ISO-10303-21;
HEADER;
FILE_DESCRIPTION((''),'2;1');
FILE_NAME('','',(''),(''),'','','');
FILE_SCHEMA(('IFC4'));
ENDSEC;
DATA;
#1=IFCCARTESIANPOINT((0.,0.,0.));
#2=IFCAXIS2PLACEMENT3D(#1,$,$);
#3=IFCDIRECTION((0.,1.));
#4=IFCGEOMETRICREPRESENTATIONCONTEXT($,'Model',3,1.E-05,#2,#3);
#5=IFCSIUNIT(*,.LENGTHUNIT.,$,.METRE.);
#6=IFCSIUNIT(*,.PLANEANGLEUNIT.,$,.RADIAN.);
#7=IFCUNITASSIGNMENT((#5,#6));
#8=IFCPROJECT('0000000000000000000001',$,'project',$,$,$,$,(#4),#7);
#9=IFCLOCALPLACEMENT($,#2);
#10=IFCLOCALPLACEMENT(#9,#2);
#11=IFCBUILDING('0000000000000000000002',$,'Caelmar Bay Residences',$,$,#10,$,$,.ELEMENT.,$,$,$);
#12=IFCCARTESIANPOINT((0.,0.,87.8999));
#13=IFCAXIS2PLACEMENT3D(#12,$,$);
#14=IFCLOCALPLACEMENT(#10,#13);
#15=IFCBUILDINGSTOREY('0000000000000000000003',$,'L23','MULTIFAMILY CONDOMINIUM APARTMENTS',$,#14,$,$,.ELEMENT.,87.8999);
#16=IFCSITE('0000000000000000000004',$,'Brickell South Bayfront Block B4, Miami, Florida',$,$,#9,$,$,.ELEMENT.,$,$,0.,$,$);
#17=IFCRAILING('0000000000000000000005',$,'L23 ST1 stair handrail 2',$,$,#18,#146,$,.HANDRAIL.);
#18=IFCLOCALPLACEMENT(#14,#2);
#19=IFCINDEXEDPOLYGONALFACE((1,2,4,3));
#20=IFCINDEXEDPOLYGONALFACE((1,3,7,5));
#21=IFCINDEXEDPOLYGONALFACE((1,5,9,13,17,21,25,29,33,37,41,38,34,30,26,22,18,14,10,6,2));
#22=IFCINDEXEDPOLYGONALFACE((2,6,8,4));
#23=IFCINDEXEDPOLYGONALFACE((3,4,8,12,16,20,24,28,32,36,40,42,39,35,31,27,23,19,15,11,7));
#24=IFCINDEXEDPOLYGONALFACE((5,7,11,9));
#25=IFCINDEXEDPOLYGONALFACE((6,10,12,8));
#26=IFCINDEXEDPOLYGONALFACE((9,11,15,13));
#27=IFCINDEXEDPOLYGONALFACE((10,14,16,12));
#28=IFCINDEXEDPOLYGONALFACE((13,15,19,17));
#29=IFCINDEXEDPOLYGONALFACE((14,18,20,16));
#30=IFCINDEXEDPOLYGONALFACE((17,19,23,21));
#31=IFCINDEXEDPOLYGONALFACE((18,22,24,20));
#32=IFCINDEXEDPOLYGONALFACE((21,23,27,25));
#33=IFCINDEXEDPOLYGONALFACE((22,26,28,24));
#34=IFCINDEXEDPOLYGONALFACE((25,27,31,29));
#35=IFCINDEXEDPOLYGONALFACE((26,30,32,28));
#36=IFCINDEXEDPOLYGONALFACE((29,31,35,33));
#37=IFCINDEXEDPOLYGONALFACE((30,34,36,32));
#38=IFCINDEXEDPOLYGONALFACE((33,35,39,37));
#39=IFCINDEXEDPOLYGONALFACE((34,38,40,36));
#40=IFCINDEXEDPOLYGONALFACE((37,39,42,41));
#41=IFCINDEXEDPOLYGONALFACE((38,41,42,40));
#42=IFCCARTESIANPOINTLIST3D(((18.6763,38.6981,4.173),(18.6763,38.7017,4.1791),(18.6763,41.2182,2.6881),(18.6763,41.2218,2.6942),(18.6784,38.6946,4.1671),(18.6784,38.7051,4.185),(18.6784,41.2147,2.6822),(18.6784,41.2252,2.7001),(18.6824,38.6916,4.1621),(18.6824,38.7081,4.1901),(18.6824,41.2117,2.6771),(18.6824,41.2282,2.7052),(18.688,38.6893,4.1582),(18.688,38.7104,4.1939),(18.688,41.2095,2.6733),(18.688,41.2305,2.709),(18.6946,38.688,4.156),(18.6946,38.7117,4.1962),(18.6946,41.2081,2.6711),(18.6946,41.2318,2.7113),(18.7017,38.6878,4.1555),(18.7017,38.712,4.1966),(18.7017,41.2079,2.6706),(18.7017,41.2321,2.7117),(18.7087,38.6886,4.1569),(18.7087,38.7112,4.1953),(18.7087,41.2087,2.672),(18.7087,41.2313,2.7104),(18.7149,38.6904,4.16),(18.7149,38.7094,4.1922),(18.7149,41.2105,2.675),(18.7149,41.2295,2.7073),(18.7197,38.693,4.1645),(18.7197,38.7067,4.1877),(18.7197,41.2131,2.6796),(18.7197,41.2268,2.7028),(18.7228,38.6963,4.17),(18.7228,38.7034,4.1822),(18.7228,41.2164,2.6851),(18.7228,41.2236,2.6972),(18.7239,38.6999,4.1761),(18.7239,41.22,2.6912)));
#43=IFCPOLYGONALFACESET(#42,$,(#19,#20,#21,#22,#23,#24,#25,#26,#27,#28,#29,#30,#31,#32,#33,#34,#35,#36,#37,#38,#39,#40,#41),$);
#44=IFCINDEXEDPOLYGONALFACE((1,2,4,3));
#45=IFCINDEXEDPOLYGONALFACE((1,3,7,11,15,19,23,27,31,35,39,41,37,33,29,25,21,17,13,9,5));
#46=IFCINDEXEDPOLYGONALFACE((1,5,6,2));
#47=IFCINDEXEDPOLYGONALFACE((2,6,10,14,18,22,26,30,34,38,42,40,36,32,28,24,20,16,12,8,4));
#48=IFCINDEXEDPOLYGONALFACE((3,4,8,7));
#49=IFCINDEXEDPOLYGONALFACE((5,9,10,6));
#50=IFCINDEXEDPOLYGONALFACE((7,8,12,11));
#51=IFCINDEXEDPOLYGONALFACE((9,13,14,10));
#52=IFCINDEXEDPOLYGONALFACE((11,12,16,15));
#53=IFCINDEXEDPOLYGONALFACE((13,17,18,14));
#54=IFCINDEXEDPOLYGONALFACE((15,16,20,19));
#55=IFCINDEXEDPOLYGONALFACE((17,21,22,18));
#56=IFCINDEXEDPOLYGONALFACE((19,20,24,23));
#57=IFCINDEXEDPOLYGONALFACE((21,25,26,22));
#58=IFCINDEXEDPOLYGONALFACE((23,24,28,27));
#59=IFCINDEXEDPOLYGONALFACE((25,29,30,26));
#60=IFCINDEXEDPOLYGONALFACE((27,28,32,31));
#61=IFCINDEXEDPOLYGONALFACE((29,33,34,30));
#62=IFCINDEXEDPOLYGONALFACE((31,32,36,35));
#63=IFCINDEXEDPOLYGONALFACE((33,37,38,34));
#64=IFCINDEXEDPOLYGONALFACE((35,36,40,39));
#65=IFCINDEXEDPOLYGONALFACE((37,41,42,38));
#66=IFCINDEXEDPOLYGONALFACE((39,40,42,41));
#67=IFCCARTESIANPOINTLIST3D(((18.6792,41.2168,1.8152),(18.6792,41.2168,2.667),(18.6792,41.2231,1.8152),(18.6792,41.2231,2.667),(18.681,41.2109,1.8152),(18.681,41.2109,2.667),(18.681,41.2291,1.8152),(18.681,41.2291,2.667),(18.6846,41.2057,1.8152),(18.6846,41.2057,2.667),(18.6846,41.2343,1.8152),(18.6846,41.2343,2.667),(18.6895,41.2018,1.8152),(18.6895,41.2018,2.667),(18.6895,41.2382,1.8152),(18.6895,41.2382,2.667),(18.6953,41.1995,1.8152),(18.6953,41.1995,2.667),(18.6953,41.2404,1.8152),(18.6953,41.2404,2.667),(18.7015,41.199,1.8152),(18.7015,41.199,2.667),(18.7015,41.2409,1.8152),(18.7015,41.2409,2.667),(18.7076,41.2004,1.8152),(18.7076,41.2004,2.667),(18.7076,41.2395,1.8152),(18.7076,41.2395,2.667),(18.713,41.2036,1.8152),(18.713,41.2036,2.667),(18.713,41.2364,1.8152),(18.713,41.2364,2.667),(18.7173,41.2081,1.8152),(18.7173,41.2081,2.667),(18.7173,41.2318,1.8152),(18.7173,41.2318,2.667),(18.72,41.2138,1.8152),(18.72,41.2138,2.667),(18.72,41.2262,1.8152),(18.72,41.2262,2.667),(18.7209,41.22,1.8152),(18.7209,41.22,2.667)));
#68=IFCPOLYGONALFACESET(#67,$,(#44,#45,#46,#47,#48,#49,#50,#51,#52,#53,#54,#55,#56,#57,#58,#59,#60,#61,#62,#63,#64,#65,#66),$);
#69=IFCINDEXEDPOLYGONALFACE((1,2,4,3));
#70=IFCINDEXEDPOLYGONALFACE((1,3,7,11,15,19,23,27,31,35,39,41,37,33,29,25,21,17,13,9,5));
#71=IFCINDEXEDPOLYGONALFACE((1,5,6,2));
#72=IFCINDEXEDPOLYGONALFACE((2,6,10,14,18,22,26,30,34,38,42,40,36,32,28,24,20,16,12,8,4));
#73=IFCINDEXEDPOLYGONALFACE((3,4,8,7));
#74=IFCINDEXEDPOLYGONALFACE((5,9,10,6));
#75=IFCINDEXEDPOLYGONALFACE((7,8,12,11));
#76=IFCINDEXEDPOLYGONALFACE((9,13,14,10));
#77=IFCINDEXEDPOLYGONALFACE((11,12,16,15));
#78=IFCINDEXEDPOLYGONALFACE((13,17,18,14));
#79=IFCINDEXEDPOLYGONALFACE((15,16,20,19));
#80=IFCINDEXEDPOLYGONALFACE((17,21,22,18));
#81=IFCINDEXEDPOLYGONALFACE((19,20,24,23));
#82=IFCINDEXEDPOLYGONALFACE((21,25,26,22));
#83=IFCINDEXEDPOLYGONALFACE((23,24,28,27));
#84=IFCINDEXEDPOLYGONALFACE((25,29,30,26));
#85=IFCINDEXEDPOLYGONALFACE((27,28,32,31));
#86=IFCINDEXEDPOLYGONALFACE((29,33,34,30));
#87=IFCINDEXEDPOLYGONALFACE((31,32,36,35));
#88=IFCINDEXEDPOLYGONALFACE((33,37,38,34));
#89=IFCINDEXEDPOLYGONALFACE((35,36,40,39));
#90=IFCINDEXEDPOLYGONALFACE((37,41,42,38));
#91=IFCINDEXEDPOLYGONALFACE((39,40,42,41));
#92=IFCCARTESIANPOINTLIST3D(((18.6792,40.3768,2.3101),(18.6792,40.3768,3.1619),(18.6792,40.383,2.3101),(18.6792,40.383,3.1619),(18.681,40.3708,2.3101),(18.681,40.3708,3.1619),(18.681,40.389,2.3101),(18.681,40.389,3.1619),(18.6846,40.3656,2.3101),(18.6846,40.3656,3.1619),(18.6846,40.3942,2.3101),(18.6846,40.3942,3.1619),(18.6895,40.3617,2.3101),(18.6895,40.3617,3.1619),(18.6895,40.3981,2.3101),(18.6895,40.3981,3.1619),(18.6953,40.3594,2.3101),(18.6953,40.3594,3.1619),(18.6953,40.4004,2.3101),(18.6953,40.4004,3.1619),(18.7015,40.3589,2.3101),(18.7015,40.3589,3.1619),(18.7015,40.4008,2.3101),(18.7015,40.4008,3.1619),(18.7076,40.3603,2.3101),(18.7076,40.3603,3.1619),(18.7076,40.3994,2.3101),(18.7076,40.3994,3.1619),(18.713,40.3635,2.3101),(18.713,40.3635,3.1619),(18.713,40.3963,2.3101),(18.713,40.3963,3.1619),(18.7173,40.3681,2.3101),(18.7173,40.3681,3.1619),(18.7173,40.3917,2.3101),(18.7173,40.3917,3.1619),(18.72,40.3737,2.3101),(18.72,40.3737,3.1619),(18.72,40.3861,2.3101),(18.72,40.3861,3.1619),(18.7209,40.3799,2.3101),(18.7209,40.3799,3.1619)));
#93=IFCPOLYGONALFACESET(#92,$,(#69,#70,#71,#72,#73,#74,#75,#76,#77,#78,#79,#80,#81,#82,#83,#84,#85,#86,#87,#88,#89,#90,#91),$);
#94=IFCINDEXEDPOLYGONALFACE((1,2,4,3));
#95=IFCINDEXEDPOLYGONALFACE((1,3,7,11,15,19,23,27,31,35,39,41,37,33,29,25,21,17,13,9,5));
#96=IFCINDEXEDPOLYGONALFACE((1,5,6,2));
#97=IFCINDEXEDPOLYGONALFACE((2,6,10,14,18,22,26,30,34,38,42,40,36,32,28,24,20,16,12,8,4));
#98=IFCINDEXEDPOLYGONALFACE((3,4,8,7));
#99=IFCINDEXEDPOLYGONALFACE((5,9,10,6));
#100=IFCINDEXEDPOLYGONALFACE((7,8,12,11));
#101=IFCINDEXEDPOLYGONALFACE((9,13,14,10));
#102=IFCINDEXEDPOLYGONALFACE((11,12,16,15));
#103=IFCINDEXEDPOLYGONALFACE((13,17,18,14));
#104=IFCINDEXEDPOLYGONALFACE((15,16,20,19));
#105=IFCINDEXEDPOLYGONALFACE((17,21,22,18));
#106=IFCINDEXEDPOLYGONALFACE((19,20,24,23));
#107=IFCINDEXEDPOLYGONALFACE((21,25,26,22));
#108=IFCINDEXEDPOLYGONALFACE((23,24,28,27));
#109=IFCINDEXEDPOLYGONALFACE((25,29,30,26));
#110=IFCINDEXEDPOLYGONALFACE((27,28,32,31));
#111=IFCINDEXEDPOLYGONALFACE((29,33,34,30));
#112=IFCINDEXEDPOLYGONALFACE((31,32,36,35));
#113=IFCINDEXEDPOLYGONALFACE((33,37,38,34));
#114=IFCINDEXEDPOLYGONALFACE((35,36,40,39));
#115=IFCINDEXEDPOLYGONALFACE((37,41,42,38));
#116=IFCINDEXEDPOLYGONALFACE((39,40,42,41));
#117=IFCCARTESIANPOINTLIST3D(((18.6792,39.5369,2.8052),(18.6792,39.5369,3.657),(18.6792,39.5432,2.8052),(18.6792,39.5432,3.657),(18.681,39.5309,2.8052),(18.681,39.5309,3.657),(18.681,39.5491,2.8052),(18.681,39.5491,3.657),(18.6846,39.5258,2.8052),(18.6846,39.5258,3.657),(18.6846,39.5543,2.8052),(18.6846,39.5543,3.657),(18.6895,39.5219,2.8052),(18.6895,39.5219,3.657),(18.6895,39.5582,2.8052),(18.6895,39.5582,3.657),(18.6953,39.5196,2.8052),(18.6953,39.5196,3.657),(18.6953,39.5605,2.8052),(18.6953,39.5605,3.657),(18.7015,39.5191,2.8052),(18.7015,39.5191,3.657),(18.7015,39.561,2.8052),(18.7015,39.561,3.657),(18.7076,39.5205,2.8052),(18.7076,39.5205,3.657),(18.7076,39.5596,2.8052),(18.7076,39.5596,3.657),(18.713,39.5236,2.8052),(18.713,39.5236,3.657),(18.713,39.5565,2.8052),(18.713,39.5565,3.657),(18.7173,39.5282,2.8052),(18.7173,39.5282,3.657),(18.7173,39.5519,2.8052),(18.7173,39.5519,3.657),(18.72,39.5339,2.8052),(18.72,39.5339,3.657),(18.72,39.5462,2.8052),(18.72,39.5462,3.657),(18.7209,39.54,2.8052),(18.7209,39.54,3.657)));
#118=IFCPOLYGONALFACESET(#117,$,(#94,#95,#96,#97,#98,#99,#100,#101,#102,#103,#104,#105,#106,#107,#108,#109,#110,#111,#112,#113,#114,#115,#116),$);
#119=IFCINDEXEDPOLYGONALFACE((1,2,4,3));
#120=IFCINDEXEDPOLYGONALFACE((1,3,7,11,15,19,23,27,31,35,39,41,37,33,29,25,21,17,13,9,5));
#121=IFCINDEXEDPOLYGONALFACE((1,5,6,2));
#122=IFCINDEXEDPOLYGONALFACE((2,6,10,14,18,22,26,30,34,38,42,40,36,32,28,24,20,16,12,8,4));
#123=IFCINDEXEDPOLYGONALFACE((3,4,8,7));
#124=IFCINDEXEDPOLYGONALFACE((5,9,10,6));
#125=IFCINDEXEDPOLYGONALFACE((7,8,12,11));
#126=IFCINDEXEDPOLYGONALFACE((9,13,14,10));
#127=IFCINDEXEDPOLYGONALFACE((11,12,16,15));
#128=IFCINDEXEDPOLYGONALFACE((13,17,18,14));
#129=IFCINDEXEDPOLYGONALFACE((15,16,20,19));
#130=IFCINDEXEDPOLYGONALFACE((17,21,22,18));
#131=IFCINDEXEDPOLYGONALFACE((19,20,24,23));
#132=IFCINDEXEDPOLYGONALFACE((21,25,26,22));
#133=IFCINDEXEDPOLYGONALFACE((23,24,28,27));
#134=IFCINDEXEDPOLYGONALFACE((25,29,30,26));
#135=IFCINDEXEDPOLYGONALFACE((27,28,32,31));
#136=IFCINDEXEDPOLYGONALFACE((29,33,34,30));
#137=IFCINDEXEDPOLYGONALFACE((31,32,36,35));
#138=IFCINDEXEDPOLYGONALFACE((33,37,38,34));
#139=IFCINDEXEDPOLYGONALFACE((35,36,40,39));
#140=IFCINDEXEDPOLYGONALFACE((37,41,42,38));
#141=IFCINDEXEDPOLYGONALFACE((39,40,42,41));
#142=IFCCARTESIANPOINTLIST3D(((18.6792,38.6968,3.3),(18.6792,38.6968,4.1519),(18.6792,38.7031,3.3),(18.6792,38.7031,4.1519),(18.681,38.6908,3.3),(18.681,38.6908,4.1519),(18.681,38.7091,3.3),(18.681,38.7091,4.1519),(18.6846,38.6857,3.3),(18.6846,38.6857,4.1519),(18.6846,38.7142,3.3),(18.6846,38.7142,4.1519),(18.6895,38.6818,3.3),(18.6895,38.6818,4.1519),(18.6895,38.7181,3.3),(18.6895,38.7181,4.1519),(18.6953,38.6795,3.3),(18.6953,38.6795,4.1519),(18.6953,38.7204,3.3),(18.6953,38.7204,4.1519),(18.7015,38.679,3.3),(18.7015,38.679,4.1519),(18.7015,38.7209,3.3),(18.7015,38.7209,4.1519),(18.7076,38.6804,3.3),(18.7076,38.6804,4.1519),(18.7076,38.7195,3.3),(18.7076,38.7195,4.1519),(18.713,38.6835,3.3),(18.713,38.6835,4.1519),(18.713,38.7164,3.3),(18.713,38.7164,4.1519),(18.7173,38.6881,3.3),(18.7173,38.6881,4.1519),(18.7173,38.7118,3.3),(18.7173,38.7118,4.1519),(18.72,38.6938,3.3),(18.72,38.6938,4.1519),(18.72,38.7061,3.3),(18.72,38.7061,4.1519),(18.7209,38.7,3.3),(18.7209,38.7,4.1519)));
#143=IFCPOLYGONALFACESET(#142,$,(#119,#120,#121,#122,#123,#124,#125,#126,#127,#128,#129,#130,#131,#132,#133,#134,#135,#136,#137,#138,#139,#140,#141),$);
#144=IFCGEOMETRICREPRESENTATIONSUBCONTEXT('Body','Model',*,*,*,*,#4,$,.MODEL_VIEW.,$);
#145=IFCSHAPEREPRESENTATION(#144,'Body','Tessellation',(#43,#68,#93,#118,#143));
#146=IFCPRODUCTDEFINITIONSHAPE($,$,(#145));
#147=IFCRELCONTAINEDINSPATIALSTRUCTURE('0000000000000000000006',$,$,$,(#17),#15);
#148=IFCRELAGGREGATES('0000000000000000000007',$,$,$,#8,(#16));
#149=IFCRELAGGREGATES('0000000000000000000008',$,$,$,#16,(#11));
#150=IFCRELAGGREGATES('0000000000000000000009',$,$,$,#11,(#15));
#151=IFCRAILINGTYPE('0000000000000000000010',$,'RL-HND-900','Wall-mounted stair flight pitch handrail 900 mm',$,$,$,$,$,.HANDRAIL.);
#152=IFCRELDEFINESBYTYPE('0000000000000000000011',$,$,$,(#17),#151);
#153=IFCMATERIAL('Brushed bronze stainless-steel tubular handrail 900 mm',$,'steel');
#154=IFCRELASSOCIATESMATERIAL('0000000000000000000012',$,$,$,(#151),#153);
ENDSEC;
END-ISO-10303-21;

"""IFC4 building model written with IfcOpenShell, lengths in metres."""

from ifc_helpers import new_model, si_unit, direction, frame, origin, origin_2d, place, context, subcontext, project, spatial, circle, extrude, material, type_object, element, save


model = new_model("IFC4")

# Units and contexts
model_context = context("Model", 3, precision=1e-05, world=origin(), true_north=direction((0.0, 1.0)))
body_context = subcontext(model_context, "Body", "Model", "MODEL_VIEW")
ifc_project = project(units=[si_unit("LENGTHUNIT", "METRE"), si_unit("PLANEANGLEUNIT", "RADIAN")], contexts=[model_context])

# Site, building, storey
site_placement = place(None, origin())
site = spatial("IfcSite", under=ifc_project, at=site_placement, Name="Brickell South Bayfront Block B4, Miami, Florida", CompositionType="ELEMENT", RefElevation=0.0)
building_placement = place(site_placement, origin())
building = spatial("IfcBuilding", under=site, at=building_placement, Name="Caelmar Bay Residences", CompositionType="ELEMENT")
storey_placement = place(building_placement, frame((0.0, 0.0, 87.8999)))
storey = spatial("IfcBuildingStorey", under=building, at=storey_placement, Name="L23", Description="MULTIFAMILY CONDOMINIUM APARTMENTS", CompositionType="ELEMENT", Elevation=87.8999)

# Railing
ifc_material_1 = material(Name="Brushed bronze stainless-steel tubular handrail 900 mm", Category="steel")
railing_type_1 = type_object("IfcRailingType", Name="RL-HND-900", Description="Wall-mounted stair flight pitch handrail 900 mm", PredefinedType="HANDRAIL", material=ifc_material_1)
railing_1_placement = place(storey_placement, frame((18.7, 41.22, 1.8152)))
element("IfcRailing", 1, at=railing_1_placement, inside=storey, type_object=railing_type_1, Name="L23 ST1 stair handrail 2", PredefinedType="HANDRAIL", context=body_context, shape_type="SweptSolid", body=[
    extrude(circle(Radius=0.0239, at=origin_2d()), frame((0.0, 0.0, 0.876), z_axis=(0.0, -0.861561, 0.507655), x_axis=(1.0, 0.0, 0.0)), (0.0, 0.0, 1.0), 2.925),
    extrude(circle(Radius=0.021, at=origin_2d()), origin(), (0.0, 0.0, 1.0), 0.8518),
    extrude(circle(Radius=0.021, at=origin_2d()), frame((0.0, -0.8401, 0.4949)), (0.0, 0.0, 1.0), 0.8518),
    extrude(circle(Radius=0.021, at=origin_2d()), frame((0.0, -1.6799, 0.99)), (0.0, 0.0, 1.0), 0.8518),
    extrude(circle(Radius=0.021, at=origin_2d()), frame((0.0, -2.52, 1.4849)), (0.0, 0.0, 1.0), 0.8518),
])

save(model, "model.ifc")
